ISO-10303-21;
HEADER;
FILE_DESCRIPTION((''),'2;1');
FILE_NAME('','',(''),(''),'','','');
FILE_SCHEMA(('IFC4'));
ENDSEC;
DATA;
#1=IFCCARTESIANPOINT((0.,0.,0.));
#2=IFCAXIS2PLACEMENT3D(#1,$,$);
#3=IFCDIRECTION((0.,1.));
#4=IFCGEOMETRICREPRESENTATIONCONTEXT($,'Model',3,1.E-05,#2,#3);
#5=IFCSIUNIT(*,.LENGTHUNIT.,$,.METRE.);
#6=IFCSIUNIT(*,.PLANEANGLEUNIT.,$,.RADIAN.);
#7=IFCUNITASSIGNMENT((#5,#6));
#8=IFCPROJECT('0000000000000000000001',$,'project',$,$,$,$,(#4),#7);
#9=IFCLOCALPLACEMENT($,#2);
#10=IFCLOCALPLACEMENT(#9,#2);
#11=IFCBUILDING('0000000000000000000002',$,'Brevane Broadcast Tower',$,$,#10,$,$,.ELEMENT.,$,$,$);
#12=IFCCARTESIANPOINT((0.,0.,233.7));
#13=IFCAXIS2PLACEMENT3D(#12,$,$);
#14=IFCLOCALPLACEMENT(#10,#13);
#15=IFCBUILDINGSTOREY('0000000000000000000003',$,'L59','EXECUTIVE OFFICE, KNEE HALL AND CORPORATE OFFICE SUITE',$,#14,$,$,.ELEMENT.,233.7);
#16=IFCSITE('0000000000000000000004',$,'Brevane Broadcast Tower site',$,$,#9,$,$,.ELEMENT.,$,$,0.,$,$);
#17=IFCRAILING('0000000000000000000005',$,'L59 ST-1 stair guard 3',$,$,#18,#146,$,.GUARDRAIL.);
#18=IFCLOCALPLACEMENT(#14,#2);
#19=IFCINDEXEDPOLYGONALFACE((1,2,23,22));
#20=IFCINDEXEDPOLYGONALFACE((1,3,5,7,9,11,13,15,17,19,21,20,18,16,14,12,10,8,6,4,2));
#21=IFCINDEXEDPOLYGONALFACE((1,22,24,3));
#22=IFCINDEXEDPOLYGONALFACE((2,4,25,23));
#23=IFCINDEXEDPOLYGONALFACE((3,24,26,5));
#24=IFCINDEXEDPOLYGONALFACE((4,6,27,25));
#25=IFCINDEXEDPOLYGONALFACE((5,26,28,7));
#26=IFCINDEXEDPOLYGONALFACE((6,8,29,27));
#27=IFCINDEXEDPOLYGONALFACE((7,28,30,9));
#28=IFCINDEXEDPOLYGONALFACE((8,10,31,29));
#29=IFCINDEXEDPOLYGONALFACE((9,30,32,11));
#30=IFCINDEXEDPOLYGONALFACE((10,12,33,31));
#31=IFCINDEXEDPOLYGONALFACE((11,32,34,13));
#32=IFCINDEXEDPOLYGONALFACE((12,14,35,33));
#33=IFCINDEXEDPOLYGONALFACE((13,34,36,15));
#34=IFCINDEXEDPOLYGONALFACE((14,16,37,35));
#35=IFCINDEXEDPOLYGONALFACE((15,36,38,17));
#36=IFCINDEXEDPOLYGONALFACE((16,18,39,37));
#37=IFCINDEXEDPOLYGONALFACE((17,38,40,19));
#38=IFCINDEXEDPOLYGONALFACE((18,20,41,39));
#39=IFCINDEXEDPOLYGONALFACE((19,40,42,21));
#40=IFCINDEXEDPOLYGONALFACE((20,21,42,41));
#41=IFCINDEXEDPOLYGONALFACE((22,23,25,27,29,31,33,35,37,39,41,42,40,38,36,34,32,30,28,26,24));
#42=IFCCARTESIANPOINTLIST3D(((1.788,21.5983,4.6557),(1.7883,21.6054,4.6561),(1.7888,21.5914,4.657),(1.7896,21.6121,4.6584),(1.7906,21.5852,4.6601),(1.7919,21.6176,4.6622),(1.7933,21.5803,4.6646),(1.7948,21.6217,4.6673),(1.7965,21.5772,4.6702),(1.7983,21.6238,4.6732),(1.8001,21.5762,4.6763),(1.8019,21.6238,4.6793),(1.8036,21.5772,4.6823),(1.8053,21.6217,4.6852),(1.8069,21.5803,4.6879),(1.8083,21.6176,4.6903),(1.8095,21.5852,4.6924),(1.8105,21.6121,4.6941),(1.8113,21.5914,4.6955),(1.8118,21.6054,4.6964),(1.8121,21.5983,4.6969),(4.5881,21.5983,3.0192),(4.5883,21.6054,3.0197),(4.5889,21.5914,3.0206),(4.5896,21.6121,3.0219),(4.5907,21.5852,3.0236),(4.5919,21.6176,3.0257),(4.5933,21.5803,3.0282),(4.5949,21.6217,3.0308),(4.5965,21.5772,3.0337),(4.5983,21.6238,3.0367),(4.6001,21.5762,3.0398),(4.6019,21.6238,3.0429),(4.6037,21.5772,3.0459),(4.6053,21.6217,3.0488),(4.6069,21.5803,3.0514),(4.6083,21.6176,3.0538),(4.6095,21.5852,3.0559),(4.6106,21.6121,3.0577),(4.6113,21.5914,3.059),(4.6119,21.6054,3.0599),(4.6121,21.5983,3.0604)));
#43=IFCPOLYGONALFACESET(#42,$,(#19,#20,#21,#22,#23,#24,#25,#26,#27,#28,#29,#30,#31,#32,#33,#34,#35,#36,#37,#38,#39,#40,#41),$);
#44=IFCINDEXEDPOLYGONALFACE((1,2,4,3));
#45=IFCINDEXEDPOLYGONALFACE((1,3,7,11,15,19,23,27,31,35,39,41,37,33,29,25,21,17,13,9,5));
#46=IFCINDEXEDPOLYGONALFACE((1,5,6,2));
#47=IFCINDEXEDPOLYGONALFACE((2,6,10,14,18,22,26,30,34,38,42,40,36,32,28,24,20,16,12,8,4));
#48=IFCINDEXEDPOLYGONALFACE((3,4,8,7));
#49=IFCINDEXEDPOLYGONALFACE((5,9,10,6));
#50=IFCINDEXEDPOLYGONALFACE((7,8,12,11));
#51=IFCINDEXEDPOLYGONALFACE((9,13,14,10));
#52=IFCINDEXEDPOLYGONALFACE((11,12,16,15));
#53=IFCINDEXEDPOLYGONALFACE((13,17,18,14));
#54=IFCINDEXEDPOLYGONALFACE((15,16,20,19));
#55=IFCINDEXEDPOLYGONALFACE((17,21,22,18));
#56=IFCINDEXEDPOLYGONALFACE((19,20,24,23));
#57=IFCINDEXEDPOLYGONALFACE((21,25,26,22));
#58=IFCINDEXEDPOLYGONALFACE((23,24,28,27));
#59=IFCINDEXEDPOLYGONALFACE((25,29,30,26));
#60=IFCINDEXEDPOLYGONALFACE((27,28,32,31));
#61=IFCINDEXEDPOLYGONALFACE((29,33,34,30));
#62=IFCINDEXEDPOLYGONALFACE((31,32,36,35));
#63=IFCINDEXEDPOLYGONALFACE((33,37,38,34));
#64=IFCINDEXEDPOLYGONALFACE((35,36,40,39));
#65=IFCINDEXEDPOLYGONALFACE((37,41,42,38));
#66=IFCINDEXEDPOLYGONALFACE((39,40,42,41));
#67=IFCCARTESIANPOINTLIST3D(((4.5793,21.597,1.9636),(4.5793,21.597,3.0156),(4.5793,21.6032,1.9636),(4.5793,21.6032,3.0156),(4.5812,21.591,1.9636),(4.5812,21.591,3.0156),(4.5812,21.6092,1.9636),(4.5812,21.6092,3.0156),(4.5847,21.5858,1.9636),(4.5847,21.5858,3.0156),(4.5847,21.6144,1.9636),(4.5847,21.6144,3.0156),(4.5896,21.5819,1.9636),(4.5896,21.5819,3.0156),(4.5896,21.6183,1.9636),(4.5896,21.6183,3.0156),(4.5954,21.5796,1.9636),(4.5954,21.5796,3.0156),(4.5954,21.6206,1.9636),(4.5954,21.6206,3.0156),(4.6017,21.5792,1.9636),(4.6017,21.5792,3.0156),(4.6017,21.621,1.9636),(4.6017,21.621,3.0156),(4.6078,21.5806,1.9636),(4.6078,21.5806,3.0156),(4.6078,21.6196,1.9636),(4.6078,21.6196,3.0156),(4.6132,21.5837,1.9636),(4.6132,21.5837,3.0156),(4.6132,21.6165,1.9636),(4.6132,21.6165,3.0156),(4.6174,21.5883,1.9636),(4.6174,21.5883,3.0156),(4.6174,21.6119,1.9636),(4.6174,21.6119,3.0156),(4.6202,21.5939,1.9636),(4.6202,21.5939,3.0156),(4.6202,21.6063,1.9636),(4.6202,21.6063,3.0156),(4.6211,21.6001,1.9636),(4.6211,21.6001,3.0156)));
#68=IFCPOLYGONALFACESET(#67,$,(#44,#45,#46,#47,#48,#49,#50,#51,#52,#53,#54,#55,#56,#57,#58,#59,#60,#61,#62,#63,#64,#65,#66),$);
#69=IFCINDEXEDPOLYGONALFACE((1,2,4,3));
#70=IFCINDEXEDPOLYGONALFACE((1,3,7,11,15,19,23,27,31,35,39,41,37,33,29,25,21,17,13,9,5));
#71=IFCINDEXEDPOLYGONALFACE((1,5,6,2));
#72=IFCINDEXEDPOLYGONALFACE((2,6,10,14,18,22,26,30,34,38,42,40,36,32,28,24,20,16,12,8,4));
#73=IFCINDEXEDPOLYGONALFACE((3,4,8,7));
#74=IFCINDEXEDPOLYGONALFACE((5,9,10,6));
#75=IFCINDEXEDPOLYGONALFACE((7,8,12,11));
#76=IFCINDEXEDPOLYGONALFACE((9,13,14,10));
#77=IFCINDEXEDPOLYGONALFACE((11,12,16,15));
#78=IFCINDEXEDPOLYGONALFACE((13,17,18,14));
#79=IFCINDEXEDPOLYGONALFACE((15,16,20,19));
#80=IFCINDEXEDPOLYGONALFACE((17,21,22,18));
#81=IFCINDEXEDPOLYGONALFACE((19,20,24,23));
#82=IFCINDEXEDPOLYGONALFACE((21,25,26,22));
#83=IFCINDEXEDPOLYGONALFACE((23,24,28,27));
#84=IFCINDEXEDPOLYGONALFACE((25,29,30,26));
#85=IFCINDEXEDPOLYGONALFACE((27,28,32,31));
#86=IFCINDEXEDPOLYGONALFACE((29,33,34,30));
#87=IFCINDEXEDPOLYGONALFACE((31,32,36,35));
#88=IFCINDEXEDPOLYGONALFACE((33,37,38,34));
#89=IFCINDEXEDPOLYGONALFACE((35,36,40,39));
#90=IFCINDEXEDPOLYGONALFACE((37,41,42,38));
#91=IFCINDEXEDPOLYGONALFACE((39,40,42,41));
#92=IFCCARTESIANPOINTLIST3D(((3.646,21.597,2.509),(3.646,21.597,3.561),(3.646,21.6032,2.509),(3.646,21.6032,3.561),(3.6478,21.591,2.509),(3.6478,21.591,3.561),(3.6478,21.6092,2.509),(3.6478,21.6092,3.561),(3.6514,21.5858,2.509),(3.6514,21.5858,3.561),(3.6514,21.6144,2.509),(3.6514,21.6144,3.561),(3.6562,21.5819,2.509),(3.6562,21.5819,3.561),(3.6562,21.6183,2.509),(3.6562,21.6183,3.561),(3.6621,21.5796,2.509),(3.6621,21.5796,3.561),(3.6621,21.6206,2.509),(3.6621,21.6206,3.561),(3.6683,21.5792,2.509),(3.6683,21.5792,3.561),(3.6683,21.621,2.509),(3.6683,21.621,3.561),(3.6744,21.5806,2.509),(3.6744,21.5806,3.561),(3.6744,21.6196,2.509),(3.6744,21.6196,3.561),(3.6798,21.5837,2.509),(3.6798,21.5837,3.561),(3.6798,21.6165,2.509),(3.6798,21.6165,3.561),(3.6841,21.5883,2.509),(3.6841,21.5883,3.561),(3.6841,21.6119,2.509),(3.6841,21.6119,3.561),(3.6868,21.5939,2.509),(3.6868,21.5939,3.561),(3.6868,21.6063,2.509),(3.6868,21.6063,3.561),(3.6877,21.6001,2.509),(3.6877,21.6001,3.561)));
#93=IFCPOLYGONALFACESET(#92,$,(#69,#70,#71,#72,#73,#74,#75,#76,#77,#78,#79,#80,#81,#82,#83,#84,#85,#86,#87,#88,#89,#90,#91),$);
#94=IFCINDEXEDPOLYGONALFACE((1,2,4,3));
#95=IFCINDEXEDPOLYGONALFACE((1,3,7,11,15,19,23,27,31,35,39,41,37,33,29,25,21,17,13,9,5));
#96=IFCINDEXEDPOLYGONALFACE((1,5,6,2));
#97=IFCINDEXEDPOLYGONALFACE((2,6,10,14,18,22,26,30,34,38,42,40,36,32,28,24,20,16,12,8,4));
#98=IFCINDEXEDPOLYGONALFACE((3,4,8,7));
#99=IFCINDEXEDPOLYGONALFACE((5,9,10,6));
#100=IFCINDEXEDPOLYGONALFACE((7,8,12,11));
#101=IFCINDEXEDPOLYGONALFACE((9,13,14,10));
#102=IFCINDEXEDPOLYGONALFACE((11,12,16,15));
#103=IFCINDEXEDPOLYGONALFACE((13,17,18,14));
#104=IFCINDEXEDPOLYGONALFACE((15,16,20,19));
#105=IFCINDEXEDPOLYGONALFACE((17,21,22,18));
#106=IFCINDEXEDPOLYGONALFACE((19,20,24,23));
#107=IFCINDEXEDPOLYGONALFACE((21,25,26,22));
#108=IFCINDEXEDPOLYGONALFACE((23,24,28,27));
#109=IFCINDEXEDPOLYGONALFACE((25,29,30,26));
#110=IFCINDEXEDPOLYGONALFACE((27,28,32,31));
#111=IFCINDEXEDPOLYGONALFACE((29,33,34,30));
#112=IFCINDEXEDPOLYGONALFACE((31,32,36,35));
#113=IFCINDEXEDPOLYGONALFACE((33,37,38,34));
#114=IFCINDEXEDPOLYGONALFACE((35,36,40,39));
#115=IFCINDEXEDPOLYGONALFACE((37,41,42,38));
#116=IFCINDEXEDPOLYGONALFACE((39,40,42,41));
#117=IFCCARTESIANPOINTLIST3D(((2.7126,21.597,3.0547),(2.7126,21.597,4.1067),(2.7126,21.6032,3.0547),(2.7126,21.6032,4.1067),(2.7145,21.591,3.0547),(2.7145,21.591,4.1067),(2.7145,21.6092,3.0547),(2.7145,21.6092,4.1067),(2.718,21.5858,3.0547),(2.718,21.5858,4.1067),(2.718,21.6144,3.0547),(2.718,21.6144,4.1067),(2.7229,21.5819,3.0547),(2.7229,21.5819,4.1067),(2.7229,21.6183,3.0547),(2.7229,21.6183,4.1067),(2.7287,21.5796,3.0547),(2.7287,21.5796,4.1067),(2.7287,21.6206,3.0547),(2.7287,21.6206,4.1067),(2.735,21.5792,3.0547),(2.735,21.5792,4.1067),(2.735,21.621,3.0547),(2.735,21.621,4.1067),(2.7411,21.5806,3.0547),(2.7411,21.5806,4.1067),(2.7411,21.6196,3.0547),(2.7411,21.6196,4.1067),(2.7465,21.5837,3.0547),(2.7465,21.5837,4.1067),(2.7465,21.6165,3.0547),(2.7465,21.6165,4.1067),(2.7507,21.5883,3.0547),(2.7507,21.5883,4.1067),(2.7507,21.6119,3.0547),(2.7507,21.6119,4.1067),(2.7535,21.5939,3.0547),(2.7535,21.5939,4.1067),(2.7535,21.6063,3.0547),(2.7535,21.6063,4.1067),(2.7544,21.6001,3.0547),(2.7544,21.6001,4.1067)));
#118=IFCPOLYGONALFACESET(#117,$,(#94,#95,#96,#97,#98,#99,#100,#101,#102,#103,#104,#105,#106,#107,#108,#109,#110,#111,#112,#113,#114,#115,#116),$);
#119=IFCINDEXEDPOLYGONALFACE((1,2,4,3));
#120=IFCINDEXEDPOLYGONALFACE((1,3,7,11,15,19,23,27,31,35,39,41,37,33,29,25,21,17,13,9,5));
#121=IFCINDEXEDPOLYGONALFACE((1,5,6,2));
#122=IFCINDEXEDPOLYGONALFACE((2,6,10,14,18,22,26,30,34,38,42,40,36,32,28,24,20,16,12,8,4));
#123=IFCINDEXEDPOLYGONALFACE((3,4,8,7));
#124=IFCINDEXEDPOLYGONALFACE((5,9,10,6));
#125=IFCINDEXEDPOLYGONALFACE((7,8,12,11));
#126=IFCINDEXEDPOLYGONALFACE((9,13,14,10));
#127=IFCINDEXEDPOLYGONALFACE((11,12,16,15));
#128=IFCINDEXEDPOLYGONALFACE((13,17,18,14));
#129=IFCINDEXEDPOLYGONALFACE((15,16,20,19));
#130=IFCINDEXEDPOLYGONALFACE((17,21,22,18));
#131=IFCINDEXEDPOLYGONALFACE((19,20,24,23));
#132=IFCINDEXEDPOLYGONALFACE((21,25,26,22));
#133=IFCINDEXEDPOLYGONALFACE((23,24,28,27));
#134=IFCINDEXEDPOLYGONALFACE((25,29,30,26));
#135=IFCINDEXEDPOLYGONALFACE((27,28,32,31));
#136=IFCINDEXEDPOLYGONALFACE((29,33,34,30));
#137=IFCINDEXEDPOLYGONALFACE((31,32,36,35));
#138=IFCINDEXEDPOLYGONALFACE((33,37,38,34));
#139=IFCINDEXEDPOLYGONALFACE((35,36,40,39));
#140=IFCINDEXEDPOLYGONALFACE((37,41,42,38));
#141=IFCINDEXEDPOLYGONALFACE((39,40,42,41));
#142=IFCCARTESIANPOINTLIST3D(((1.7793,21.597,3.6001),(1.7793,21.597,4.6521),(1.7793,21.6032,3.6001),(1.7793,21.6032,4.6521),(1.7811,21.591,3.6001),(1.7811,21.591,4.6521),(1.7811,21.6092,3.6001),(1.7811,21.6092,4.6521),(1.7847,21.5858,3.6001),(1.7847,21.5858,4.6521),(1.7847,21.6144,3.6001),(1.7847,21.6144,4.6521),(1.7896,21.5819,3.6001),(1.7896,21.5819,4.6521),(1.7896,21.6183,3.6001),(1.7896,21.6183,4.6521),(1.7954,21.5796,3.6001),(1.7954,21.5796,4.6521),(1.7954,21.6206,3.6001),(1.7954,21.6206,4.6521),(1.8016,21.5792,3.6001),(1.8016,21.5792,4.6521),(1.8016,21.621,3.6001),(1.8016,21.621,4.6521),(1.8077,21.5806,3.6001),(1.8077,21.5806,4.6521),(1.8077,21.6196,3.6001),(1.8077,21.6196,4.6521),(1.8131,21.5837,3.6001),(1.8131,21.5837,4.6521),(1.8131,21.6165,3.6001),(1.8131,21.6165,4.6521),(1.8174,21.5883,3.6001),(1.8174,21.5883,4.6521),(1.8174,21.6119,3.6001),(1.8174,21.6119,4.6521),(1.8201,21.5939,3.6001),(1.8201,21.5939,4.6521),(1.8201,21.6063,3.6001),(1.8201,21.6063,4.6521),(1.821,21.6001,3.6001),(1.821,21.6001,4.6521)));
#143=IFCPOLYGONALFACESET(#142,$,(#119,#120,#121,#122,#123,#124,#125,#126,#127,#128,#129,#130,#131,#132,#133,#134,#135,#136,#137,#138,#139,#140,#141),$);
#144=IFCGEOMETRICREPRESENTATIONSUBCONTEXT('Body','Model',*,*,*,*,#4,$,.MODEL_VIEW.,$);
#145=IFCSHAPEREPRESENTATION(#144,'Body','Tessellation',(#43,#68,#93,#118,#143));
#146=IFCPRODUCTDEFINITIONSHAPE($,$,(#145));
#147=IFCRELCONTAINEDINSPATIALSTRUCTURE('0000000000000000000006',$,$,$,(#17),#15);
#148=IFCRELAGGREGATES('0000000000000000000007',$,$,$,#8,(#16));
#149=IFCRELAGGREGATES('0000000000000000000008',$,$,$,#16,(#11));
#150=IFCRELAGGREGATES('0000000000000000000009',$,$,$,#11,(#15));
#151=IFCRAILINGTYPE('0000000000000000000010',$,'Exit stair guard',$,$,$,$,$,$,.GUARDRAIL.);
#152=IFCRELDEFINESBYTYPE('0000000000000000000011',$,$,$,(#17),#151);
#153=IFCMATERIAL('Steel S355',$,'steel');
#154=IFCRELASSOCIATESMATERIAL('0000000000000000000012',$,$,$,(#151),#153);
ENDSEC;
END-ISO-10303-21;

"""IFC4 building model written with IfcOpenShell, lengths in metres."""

from ifc_helpers import new_model, si_unit, direction, frame, origin, origin_2d, place, context, subcontext, project, spatial, circle, extrude, material, type_object, element, save


model = new_model("IFC4")

# Units and contexts
model_context = context("Model", 3, precision=1e-05, world=origin(), true_north=direction((0.0, 1.0)))
body_context = subcontext(model_context, "Body", "Model", "MODEL_VIEW")
ifc_project = project(units=[si_unit("LENGTHUNIT", "METRE"), si_unit("PLANEANGLEUNIT", "RADIAN")], contexts=[model_context])

# Site, building, storey
site_placement = place(None, origin())
site = spatial("IfcSite", under=ifc_project, at=site_placement, Name="Brevane Broadcast Tower site", CompositionType="ELEMENT", RefElevation=0.0)
building_placement = place(site_placement, origin())
building = spatial("IfcBuilding", under=site, at=building_placement, Name="Brevane Broadcast Tower", CompositionType="ELEMENT")
storey_placement = place(building_placement, frame((0.0, 0.0, 233.7)))
storey = spatial("IfcBuildingStorey", under=building, at=storey_placement, Name="L59", Description="EXECUTIVE OFFICE, KNEE HALL AND CORPORATE OFFICE SUITE", CompositionType="ELEMENT", Elevation=233.7)

# Railing
ifc_material_1 = material(Name="Steel S355", Category="steel")
railing_type_1 = type_object("IfcRailingType", Name="Exit stair guard", PredefinedType="GUARDRAIL", material=ifc_material_1)
railing_1_placement = place(storey_placement, frame((4.6001, 21.6001, 1.9636)))
element("IfcRailing", 1, at=railing_1_placement, inside=storey, type_object=railing_type_1, Name="L59 ST-1 stair guard 3", PredefinedType="GUARDRAIL", context=body_context, shape_type="SweptSolid", body=[
    extrude(circle(Radius=0.0239, at=origin_2d()), frame((0.0, 0.0, 1.0762), z_axis=(-0.863361, 0.0, 0.504587), x_axis=(0.0, -1.0, 0.0)), (0.0, 0.0, 1.0), 3.2432),
    extrude(circle(Radius=0.021, at=origin_2d()), origin(), (0.0, 0.0, 1.0), 1.052),
    extrude(circle(Radius=0.021, at=origin_2d()), frame((-0.9333, 0.0, 0.5454)), (0.0, 0.0, 1.0), 1.052),
    extrude(circle(Radius=0.021, at=origin_2d()), frame((-1.8667, 0.0, 1.0911)), (0.0, 0.0, 1.0), 1.052),
    extrude(circle(Radius=0.021, at=origin_2d()), frame((-2.8, 0.0, 1.6365)), (0.0, 0.0, 1.0), 1.052),
])

save(model, "model.ifc")
